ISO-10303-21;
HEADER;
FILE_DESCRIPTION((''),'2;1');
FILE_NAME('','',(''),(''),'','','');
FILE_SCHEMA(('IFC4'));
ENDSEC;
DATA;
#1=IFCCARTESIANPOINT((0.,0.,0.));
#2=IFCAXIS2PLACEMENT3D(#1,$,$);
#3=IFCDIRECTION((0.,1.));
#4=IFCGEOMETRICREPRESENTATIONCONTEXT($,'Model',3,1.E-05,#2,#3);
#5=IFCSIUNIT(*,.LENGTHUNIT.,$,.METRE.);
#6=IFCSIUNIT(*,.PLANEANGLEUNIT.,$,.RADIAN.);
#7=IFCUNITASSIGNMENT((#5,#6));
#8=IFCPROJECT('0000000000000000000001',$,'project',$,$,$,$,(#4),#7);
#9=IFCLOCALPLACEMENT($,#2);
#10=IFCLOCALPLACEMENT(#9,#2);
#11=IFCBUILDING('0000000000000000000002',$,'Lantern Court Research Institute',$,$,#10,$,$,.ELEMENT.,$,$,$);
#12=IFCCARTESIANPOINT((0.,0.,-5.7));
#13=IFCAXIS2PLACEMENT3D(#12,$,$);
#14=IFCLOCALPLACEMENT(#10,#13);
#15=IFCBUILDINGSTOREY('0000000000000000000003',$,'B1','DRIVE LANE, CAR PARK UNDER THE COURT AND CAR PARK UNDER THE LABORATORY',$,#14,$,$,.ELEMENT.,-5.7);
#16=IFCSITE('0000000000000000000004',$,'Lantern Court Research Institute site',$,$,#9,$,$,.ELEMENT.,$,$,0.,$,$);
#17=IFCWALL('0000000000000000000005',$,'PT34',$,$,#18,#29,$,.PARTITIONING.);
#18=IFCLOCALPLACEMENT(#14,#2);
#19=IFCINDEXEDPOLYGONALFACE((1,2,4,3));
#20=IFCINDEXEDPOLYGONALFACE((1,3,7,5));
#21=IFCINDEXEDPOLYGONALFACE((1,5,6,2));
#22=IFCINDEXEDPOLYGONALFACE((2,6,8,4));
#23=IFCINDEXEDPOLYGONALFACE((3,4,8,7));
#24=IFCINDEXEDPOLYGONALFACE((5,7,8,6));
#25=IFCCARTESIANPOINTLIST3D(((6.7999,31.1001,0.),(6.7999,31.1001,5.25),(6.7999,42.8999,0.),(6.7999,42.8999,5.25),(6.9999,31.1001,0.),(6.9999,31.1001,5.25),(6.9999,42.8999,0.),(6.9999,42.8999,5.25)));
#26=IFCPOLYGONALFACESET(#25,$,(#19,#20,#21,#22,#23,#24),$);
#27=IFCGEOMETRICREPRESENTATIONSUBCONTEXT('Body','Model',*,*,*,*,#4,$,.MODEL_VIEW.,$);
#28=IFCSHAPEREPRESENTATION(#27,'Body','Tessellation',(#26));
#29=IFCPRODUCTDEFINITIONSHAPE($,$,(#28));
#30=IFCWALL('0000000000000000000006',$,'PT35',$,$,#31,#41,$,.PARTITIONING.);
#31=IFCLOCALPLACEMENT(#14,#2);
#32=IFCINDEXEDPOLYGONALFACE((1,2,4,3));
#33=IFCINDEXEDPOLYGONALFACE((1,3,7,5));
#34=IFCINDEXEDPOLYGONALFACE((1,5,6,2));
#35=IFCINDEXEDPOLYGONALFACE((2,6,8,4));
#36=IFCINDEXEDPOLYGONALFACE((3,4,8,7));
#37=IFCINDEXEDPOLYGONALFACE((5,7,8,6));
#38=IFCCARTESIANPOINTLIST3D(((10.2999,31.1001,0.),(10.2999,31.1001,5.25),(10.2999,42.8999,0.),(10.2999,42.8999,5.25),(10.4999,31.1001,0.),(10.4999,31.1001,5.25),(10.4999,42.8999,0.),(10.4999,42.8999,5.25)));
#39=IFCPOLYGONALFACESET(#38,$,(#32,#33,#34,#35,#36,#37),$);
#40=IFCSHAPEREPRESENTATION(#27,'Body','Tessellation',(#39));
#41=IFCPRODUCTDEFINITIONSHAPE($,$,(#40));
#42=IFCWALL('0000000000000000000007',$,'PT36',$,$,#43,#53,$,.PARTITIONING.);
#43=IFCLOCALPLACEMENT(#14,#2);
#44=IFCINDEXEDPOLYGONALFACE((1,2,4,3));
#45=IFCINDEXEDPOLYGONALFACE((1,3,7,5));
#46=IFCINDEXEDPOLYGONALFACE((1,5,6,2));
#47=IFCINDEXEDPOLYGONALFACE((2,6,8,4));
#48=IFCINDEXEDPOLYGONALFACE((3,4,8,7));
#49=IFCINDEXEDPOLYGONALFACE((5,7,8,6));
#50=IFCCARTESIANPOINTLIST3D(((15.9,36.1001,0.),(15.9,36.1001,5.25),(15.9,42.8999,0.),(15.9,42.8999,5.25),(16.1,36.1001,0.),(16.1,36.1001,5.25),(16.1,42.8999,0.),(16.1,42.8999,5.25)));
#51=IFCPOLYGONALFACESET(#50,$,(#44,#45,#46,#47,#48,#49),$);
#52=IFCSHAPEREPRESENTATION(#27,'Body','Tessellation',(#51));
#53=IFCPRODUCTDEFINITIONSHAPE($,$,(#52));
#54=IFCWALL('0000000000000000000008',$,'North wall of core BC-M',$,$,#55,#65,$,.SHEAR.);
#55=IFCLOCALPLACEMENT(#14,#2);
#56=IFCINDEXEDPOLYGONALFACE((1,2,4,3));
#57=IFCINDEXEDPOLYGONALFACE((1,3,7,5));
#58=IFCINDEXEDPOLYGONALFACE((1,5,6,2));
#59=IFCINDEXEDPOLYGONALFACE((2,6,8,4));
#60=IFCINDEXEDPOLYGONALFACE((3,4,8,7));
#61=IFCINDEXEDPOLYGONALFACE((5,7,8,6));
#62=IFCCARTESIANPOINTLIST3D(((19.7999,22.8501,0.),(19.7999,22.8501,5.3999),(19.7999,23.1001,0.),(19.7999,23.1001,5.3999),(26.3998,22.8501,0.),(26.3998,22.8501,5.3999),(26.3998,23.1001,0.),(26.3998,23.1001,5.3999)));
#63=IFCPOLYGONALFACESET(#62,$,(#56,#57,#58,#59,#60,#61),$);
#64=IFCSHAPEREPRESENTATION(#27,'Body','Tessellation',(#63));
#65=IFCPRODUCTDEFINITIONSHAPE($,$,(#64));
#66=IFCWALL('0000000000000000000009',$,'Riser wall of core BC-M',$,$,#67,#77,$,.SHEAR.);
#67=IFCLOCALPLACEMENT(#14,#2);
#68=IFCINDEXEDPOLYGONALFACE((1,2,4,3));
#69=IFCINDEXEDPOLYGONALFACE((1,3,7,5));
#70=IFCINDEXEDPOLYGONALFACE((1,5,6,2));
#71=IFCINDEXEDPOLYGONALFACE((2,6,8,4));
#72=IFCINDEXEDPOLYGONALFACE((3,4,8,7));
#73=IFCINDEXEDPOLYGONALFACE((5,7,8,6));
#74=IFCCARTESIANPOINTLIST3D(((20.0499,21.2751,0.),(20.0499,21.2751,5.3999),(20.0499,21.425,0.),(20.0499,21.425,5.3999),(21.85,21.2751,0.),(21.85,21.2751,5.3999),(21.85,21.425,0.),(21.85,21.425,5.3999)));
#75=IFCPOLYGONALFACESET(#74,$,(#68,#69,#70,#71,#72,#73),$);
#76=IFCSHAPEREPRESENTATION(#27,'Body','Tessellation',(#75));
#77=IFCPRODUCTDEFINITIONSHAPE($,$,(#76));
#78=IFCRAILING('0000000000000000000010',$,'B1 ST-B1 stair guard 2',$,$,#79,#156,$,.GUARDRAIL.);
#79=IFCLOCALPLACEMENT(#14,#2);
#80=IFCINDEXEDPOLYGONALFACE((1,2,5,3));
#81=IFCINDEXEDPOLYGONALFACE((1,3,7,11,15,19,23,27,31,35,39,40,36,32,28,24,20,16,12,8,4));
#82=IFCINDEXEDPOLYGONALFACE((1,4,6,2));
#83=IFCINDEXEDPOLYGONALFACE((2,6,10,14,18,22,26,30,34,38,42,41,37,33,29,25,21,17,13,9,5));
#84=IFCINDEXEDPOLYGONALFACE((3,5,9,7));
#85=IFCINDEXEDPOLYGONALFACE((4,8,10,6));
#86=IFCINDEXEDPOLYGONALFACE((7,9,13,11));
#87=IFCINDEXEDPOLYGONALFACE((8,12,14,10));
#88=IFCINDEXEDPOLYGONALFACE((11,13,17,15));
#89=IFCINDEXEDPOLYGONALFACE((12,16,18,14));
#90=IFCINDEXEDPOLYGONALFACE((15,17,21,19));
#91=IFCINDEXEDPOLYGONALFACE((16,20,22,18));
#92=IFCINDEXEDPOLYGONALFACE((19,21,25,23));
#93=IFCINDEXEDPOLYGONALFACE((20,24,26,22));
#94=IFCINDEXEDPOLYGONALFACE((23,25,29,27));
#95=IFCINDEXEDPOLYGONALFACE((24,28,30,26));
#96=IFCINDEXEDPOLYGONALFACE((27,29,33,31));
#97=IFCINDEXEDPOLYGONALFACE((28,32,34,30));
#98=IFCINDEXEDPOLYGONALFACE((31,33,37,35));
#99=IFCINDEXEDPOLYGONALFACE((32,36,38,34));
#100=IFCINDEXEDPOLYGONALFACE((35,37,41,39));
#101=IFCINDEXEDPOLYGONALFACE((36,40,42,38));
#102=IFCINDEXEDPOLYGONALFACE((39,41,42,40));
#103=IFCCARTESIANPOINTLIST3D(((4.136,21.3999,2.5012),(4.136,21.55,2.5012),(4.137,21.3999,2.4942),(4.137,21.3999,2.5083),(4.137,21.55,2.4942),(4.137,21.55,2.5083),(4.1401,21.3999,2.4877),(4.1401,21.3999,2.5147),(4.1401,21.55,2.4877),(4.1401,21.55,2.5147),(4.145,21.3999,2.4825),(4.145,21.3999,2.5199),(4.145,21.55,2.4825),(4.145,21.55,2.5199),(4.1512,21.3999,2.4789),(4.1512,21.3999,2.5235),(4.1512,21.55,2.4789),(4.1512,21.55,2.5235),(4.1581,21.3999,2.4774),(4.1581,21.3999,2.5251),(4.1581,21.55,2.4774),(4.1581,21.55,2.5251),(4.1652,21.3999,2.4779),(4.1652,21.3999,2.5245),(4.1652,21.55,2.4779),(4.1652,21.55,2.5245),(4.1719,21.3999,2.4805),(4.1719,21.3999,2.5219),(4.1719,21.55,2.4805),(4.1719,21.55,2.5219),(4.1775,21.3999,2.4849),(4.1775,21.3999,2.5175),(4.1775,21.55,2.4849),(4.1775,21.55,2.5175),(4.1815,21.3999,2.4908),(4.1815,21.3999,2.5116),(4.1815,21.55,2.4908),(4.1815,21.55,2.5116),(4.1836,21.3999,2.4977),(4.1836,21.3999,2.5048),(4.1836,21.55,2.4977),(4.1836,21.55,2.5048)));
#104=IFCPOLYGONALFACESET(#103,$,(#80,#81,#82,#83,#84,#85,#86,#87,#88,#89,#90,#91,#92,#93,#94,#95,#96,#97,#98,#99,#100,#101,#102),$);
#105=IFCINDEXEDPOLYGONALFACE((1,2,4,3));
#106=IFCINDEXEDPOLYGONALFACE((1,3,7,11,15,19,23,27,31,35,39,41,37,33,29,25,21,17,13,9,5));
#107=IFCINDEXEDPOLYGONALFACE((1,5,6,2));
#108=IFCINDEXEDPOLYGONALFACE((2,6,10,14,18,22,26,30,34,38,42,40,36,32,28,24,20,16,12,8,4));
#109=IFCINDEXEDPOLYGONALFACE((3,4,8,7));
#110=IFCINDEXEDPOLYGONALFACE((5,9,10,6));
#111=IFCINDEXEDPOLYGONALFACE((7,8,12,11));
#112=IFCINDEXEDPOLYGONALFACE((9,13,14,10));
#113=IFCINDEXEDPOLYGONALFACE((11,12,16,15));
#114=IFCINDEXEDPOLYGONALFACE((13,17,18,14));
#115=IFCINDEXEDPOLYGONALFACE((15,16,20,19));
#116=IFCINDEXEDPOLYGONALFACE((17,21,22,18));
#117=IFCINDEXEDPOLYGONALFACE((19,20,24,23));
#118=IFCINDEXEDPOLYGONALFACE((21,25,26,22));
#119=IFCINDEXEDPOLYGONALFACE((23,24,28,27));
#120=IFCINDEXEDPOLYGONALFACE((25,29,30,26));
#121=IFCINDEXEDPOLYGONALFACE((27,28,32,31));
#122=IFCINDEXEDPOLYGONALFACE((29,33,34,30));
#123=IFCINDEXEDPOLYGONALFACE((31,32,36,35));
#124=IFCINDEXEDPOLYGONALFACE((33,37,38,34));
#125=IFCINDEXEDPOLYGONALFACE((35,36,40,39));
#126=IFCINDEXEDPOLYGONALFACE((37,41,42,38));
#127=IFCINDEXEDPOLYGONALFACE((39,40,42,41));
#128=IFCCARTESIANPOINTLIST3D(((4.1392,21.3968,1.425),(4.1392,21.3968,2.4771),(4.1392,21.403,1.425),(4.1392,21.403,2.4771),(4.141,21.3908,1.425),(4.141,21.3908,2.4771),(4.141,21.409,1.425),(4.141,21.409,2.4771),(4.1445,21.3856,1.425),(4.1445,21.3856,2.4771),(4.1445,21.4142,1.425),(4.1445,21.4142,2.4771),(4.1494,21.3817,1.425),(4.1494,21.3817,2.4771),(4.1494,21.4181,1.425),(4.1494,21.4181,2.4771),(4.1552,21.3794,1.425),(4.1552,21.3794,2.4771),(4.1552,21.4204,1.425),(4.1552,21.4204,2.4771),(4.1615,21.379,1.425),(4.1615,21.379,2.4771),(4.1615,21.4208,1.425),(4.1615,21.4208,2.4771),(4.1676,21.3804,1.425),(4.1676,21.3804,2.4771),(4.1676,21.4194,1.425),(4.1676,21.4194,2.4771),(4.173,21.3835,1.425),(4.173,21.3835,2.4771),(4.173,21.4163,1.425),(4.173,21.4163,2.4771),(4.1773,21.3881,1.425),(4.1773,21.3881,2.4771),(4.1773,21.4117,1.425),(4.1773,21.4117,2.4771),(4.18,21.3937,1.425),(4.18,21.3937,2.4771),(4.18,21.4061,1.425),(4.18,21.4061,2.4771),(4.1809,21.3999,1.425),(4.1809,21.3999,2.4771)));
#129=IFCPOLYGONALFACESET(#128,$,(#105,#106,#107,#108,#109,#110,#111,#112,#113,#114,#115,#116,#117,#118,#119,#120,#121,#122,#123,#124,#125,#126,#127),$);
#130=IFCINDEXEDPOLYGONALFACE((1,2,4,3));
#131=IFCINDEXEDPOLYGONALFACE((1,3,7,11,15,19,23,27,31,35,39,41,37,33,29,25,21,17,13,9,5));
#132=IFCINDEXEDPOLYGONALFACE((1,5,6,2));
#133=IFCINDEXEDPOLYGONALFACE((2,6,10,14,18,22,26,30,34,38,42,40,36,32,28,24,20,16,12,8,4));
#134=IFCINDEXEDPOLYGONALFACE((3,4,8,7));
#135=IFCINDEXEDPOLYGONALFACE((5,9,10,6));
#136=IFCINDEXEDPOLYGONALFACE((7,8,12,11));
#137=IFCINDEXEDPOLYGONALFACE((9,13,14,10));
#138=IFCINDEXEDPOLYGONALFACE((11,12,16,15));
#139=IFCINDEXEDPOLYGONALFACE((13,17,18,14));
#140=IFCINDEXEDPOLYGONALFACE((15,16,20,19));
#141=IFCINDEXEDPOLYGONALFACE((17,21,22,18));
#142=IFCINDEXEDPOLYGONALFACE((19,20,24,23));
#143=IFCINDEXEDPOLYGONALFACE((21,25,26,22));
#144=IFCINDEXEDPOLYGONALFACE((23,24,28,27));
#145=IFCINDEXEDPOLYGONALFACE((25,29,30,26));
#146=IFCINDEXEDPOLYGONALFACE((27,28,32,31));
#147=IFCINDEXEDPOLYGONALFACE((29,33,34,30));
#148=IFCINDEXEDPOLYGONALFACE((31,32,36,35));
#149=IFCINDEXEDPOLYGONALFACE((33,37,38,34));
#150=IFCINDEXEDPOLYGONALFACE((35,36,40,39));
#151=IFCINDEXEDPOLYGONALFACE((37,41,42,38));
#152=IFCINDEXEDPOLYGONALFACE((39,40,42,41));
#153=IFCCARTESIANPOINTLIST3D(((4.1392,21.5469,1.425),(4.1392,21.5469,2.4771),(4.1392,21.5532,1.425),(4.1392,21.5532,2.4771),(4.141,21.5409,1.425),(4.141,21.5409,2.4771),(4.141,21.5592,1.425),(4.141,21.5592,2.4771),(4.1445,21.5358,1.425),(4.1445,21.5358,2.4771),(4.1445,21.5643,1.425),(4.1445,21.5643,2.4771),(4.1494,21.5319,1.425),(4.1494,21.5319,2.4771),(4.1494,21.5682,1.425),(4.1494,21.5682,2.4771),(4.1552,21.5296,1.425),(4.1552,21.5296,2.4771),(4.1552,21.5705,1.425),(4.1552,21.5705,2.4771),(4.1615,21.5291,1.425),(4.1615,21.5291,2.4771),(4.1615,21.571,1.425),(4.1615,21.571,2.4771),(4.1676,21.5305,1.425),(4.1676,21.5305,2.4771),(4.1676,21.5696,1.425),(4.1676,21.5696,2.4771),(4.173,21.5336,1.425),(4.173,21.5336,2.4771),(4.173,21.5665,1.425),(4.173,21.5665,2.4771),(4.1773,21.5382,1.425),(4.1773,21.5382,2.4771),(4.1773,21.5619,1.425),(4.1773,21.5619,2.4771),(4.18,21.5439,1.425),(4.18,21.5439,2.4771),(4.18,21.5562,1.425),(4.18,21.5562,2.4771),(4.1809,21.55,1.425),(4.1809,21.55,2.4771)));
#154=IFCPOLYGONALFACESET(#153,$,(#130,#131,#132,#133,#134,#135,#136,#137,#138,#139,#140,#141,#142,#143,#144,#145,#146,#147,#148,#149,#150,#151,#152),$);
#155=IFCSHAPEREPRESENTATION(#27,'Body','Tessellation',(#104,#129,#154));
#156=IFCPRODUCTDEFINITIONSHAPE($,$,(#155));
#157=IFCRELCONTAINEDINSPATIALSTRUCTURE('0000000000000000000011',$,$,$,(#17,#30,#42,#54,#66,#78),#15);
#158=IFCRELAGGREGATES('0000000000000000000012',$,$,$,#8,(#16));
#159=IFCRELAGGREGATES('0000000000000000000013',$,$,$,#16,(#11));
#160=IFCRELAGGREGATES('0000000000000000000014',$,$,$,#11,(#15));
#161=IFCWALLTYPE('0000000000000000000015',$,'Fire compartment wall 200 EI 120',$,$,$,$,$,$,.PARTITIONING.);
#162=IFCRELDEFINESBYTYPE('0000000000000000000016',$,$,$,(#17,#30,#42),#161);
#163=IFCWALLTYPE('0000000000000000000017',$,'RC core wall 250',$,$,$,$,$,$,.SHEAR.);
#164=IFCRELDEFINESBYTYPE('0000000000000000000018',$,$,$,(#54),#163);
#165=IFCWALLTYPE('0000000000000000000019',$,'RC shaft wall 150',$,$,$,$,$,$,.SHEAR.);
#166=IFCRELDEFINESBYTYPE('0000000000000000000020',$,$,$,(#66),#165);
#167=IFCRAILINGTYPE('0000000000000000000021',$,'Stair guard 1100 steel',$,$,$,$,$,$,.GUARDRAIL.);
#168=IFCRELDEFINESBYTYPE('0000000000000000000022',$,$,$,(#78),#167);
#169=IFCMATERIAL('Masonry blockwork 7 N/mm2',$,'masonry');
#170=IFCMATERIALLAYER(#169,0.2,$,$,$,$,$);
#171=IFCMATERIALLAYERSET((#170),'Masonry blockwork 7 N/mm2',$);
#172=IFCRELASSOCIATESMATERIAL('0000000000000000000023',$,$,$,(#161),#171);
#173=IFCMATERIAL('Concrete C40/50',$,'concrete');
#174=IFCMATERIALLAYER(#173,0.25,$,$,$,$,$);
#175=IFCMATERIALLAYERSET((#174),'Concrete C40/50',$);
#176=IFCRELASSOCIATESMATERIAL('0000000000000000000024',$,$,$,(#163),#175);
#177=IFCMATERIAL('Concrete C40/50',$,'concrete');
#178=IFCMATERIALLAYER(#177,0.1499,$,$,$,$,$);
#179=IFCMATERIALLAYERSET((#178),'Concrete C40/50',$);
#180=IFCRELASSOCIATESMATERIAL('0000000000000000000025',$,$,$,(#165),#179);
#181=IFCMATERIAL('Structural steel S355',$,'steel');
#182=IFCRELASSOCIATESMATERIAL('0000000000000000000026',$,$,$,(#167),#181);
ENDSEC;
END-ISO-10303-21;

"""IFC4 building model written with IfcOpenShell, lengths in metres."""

from ifc_helpers import new_model, si_unit, direction, frame, frame_2d, origin, origin_2d, place, context, subcontext, project, spatial, rectangle, circle, extrude, material, layer, layer_set, type_object, element, save


model = new_model("IFC4")

# Units and contexts
model_context = context("Model", 3, precision=1e-05, world=origin(), true_north=direction((0.0, 1.0)))
body_context = subcontext(model_context, "Body", "Model", "MODEL_VIEW")
ifc_project = project(units=[si_unit("LENGTHUNIT", "METRE"), si_unit("PLANEANGLEUNIT", "RADIAN")], contexts=[model_context])

# Site, building, storey
site_placement = place(None, origin())
site = spatial("IfcSite", under=ifc_project, at=site_placement, Name="Lantern Court Research Institute site", CompositionType="ELEMENT", RefElevation=0.0)
building_placement = place(site_placement, origin())
building = spatial("IfcBuilding", under=site, at=building_placement, Name="Lantern Court Research Institute", CompositionType="ELEMENT")
storey_placement = place(building_placement, frame((0.0, 0.0, -5.7)))
storey = spatial("IfcBuildingStorey", under=building, at=storey_placement, Name="B1", Description="DRIVE LANE, CAR PARK UNDER THE COURT AND CAR PARK UNDER THE LABORATORY", CompositionType="ELEMENT", Elevation=-5.7)

# Walls
ifc_material_1 = material(Name="Masonry blockwork 7 N/mm2", Category="masonry")
ifc_layer_1 = layer(ifc_material_1, 0.2)
ifc_layer_set_1 = layer_set([ifc_layer_1], Name="Masonry blockwork 7 N/mm2")
wall_type_1 = type_object("IfcWallType", Name="Fire compartment wall 200 EI 120", PredefinedType="PARTITIONING", material=ifc_layer_set_1)
for number, where, z_axis, x_axis, name in (
    (1, (6.8999, 31.1001, 0.0), (0.0, 0.0, 1.0), (0.0, 1.0, 0.0), "PT34"),
    (2, (10.3999, 31.1001, 0.0), (0.0, 0.0, 1.0), (0.0, 1.0, 0.0), "PT35"),
):
    element("IfcWall", number, at=place(storey_placement, frame(where, z_axis=z_axis, x_axis=x_axis)), inside=storey, type_object=wall_type_1, Name=name, PredefinedType="PARTITIONING", context=body_context, shape_type="SweptSolid", body=[
        extrude(rectangle(XDim=11.7998, YDim=0.2, at=frame_2d((5.8999, 0.0))), origin(), (0.0, 0.0, 1.0), 5.25),
    ])
wall_1_placement = place(storey_placement, frame((16.0, 36.1001, 0.0), z_axis=(0.0, 0.0, 1.0), x_axis=(0.0, 1.0, 0.0)))
element("IfcWall", 3, at=wall_1_placement, inside=storey, type_object=wall_type_1, Name="PT36", PredefinedType="PARTITIONING", context=body_context, shape_type="SweptSolid", body=[
    extrude(rectangle(XDim=6.7998, YDim=0.2, at=frame_2d((3.3999, 0.0))), origin(), (0.0, 0.0, 1.0), 5.25),
])
ifc_material_2 = material(Name="Concrete C40/50", Category="concrete")
ifc_layer_2 = layer(ifc_material_2, 0.25)
ifc_layer_set_2 = layer_set([ifc_layer_2], Name="Concrete C40/50")
wall_type_2 = type_object("IfcWallType", Name="RC core wall 250", PredefinedType="SHEAR", material=ifc_layer_set_2)
wall_2_placement = place(storey_placement, frame((19.8, 22.9751, 0.0), z_axis=(0.0, 0.0, 1.0), x_axis=(1.0, 0.0, 0.0)))
element("IfcWall", 4, at=wall_2_placement, inside=storey, type_object=wall_type_2, Name="North wall of core BC-M", PredefinedType="SHEAR", context=body_context, shape_type="SweptSolid", body=[
    extrude(rectangle(XDim=6.5999, YDim=0.25, at=frame_2d((3.2998, 0.0))), origin(), (0.0, 0.0, 1.0), 5.3999),
])
ifc_material_3 = material(Name="Concrete C40/50", Category="concrete")
ifc_layer_3 = layer(ifc_material_3, 0.1499)
ifc_layer_set_3 = layer_set([ifc_layer_3], Name="Concrete C40/50")
wall_type_3 = type_object("IfcWallType", Name="RC shaft wall 150", PredefinedType="SHEAR", material=ifc_layer_set_3)
wall_3_placement = place(storey_placement, frame((20.05, 21.3501, 0.0), z_axis=(0.0, 0.0, 1.0), x_axis=(1.0, 0.0, 0.0)))
element("IfcWall", 5, at=wall_3_placement, inside=storey, type_object=wall_type_3, Name="Riser wall of core BC-M", PredefinedType="SHEAR", context=body_context, shape_type="SweptSolid", body=[
    extrude(rectangle(XDim=1.8, YDim=0.1499, at=frame_2d((0.8999, 0.0))), origin(), (0.0, 0.0, 1.0), 5.3999),
])

# Railing
ifc_material_4 = material(Name="Structural steel S355", Category="steel")
railing_type_1 = type_object("IfcRailingType", Name="Stair guard 1100 steel", PredefinedType="GUARDRAIL", material=ifc_material_4)
for number, where, name in (
    (6, (4.1599, 21.3999, 1.425), "B1 ST-B1 stair guard 2"),
):
    element("IfcRailing", number, at=place(storey_placement, frame(where)), inside=storey, type_object=railing_type_1, Name=name, PredefinedType="GUARDRAIL", context=body_context, shape_type="SweptSolid", body=[
        extrude(circle(Radius=0.0239, at=origin_2d()), frame((0.0, 0.0, 1.0762), z_axis=(0.0, 1.0, 0.0), x_axis=(-1.0, 0.0, 0.0)), (0.0, 0.0, 1.0), 0.1501),
        extrude(circle(Radius=0.021, at=origin_2d()), origin(), (0.0, 0.0, 1.0), 1.052),
        extrude(circle(Radius=0.021, at=origin_2d()), frame((0.0, 0.1501, 0.0)), (0.0, 0.0, 1.0), 1.052),
    ])

save(model, "model.ifc")
